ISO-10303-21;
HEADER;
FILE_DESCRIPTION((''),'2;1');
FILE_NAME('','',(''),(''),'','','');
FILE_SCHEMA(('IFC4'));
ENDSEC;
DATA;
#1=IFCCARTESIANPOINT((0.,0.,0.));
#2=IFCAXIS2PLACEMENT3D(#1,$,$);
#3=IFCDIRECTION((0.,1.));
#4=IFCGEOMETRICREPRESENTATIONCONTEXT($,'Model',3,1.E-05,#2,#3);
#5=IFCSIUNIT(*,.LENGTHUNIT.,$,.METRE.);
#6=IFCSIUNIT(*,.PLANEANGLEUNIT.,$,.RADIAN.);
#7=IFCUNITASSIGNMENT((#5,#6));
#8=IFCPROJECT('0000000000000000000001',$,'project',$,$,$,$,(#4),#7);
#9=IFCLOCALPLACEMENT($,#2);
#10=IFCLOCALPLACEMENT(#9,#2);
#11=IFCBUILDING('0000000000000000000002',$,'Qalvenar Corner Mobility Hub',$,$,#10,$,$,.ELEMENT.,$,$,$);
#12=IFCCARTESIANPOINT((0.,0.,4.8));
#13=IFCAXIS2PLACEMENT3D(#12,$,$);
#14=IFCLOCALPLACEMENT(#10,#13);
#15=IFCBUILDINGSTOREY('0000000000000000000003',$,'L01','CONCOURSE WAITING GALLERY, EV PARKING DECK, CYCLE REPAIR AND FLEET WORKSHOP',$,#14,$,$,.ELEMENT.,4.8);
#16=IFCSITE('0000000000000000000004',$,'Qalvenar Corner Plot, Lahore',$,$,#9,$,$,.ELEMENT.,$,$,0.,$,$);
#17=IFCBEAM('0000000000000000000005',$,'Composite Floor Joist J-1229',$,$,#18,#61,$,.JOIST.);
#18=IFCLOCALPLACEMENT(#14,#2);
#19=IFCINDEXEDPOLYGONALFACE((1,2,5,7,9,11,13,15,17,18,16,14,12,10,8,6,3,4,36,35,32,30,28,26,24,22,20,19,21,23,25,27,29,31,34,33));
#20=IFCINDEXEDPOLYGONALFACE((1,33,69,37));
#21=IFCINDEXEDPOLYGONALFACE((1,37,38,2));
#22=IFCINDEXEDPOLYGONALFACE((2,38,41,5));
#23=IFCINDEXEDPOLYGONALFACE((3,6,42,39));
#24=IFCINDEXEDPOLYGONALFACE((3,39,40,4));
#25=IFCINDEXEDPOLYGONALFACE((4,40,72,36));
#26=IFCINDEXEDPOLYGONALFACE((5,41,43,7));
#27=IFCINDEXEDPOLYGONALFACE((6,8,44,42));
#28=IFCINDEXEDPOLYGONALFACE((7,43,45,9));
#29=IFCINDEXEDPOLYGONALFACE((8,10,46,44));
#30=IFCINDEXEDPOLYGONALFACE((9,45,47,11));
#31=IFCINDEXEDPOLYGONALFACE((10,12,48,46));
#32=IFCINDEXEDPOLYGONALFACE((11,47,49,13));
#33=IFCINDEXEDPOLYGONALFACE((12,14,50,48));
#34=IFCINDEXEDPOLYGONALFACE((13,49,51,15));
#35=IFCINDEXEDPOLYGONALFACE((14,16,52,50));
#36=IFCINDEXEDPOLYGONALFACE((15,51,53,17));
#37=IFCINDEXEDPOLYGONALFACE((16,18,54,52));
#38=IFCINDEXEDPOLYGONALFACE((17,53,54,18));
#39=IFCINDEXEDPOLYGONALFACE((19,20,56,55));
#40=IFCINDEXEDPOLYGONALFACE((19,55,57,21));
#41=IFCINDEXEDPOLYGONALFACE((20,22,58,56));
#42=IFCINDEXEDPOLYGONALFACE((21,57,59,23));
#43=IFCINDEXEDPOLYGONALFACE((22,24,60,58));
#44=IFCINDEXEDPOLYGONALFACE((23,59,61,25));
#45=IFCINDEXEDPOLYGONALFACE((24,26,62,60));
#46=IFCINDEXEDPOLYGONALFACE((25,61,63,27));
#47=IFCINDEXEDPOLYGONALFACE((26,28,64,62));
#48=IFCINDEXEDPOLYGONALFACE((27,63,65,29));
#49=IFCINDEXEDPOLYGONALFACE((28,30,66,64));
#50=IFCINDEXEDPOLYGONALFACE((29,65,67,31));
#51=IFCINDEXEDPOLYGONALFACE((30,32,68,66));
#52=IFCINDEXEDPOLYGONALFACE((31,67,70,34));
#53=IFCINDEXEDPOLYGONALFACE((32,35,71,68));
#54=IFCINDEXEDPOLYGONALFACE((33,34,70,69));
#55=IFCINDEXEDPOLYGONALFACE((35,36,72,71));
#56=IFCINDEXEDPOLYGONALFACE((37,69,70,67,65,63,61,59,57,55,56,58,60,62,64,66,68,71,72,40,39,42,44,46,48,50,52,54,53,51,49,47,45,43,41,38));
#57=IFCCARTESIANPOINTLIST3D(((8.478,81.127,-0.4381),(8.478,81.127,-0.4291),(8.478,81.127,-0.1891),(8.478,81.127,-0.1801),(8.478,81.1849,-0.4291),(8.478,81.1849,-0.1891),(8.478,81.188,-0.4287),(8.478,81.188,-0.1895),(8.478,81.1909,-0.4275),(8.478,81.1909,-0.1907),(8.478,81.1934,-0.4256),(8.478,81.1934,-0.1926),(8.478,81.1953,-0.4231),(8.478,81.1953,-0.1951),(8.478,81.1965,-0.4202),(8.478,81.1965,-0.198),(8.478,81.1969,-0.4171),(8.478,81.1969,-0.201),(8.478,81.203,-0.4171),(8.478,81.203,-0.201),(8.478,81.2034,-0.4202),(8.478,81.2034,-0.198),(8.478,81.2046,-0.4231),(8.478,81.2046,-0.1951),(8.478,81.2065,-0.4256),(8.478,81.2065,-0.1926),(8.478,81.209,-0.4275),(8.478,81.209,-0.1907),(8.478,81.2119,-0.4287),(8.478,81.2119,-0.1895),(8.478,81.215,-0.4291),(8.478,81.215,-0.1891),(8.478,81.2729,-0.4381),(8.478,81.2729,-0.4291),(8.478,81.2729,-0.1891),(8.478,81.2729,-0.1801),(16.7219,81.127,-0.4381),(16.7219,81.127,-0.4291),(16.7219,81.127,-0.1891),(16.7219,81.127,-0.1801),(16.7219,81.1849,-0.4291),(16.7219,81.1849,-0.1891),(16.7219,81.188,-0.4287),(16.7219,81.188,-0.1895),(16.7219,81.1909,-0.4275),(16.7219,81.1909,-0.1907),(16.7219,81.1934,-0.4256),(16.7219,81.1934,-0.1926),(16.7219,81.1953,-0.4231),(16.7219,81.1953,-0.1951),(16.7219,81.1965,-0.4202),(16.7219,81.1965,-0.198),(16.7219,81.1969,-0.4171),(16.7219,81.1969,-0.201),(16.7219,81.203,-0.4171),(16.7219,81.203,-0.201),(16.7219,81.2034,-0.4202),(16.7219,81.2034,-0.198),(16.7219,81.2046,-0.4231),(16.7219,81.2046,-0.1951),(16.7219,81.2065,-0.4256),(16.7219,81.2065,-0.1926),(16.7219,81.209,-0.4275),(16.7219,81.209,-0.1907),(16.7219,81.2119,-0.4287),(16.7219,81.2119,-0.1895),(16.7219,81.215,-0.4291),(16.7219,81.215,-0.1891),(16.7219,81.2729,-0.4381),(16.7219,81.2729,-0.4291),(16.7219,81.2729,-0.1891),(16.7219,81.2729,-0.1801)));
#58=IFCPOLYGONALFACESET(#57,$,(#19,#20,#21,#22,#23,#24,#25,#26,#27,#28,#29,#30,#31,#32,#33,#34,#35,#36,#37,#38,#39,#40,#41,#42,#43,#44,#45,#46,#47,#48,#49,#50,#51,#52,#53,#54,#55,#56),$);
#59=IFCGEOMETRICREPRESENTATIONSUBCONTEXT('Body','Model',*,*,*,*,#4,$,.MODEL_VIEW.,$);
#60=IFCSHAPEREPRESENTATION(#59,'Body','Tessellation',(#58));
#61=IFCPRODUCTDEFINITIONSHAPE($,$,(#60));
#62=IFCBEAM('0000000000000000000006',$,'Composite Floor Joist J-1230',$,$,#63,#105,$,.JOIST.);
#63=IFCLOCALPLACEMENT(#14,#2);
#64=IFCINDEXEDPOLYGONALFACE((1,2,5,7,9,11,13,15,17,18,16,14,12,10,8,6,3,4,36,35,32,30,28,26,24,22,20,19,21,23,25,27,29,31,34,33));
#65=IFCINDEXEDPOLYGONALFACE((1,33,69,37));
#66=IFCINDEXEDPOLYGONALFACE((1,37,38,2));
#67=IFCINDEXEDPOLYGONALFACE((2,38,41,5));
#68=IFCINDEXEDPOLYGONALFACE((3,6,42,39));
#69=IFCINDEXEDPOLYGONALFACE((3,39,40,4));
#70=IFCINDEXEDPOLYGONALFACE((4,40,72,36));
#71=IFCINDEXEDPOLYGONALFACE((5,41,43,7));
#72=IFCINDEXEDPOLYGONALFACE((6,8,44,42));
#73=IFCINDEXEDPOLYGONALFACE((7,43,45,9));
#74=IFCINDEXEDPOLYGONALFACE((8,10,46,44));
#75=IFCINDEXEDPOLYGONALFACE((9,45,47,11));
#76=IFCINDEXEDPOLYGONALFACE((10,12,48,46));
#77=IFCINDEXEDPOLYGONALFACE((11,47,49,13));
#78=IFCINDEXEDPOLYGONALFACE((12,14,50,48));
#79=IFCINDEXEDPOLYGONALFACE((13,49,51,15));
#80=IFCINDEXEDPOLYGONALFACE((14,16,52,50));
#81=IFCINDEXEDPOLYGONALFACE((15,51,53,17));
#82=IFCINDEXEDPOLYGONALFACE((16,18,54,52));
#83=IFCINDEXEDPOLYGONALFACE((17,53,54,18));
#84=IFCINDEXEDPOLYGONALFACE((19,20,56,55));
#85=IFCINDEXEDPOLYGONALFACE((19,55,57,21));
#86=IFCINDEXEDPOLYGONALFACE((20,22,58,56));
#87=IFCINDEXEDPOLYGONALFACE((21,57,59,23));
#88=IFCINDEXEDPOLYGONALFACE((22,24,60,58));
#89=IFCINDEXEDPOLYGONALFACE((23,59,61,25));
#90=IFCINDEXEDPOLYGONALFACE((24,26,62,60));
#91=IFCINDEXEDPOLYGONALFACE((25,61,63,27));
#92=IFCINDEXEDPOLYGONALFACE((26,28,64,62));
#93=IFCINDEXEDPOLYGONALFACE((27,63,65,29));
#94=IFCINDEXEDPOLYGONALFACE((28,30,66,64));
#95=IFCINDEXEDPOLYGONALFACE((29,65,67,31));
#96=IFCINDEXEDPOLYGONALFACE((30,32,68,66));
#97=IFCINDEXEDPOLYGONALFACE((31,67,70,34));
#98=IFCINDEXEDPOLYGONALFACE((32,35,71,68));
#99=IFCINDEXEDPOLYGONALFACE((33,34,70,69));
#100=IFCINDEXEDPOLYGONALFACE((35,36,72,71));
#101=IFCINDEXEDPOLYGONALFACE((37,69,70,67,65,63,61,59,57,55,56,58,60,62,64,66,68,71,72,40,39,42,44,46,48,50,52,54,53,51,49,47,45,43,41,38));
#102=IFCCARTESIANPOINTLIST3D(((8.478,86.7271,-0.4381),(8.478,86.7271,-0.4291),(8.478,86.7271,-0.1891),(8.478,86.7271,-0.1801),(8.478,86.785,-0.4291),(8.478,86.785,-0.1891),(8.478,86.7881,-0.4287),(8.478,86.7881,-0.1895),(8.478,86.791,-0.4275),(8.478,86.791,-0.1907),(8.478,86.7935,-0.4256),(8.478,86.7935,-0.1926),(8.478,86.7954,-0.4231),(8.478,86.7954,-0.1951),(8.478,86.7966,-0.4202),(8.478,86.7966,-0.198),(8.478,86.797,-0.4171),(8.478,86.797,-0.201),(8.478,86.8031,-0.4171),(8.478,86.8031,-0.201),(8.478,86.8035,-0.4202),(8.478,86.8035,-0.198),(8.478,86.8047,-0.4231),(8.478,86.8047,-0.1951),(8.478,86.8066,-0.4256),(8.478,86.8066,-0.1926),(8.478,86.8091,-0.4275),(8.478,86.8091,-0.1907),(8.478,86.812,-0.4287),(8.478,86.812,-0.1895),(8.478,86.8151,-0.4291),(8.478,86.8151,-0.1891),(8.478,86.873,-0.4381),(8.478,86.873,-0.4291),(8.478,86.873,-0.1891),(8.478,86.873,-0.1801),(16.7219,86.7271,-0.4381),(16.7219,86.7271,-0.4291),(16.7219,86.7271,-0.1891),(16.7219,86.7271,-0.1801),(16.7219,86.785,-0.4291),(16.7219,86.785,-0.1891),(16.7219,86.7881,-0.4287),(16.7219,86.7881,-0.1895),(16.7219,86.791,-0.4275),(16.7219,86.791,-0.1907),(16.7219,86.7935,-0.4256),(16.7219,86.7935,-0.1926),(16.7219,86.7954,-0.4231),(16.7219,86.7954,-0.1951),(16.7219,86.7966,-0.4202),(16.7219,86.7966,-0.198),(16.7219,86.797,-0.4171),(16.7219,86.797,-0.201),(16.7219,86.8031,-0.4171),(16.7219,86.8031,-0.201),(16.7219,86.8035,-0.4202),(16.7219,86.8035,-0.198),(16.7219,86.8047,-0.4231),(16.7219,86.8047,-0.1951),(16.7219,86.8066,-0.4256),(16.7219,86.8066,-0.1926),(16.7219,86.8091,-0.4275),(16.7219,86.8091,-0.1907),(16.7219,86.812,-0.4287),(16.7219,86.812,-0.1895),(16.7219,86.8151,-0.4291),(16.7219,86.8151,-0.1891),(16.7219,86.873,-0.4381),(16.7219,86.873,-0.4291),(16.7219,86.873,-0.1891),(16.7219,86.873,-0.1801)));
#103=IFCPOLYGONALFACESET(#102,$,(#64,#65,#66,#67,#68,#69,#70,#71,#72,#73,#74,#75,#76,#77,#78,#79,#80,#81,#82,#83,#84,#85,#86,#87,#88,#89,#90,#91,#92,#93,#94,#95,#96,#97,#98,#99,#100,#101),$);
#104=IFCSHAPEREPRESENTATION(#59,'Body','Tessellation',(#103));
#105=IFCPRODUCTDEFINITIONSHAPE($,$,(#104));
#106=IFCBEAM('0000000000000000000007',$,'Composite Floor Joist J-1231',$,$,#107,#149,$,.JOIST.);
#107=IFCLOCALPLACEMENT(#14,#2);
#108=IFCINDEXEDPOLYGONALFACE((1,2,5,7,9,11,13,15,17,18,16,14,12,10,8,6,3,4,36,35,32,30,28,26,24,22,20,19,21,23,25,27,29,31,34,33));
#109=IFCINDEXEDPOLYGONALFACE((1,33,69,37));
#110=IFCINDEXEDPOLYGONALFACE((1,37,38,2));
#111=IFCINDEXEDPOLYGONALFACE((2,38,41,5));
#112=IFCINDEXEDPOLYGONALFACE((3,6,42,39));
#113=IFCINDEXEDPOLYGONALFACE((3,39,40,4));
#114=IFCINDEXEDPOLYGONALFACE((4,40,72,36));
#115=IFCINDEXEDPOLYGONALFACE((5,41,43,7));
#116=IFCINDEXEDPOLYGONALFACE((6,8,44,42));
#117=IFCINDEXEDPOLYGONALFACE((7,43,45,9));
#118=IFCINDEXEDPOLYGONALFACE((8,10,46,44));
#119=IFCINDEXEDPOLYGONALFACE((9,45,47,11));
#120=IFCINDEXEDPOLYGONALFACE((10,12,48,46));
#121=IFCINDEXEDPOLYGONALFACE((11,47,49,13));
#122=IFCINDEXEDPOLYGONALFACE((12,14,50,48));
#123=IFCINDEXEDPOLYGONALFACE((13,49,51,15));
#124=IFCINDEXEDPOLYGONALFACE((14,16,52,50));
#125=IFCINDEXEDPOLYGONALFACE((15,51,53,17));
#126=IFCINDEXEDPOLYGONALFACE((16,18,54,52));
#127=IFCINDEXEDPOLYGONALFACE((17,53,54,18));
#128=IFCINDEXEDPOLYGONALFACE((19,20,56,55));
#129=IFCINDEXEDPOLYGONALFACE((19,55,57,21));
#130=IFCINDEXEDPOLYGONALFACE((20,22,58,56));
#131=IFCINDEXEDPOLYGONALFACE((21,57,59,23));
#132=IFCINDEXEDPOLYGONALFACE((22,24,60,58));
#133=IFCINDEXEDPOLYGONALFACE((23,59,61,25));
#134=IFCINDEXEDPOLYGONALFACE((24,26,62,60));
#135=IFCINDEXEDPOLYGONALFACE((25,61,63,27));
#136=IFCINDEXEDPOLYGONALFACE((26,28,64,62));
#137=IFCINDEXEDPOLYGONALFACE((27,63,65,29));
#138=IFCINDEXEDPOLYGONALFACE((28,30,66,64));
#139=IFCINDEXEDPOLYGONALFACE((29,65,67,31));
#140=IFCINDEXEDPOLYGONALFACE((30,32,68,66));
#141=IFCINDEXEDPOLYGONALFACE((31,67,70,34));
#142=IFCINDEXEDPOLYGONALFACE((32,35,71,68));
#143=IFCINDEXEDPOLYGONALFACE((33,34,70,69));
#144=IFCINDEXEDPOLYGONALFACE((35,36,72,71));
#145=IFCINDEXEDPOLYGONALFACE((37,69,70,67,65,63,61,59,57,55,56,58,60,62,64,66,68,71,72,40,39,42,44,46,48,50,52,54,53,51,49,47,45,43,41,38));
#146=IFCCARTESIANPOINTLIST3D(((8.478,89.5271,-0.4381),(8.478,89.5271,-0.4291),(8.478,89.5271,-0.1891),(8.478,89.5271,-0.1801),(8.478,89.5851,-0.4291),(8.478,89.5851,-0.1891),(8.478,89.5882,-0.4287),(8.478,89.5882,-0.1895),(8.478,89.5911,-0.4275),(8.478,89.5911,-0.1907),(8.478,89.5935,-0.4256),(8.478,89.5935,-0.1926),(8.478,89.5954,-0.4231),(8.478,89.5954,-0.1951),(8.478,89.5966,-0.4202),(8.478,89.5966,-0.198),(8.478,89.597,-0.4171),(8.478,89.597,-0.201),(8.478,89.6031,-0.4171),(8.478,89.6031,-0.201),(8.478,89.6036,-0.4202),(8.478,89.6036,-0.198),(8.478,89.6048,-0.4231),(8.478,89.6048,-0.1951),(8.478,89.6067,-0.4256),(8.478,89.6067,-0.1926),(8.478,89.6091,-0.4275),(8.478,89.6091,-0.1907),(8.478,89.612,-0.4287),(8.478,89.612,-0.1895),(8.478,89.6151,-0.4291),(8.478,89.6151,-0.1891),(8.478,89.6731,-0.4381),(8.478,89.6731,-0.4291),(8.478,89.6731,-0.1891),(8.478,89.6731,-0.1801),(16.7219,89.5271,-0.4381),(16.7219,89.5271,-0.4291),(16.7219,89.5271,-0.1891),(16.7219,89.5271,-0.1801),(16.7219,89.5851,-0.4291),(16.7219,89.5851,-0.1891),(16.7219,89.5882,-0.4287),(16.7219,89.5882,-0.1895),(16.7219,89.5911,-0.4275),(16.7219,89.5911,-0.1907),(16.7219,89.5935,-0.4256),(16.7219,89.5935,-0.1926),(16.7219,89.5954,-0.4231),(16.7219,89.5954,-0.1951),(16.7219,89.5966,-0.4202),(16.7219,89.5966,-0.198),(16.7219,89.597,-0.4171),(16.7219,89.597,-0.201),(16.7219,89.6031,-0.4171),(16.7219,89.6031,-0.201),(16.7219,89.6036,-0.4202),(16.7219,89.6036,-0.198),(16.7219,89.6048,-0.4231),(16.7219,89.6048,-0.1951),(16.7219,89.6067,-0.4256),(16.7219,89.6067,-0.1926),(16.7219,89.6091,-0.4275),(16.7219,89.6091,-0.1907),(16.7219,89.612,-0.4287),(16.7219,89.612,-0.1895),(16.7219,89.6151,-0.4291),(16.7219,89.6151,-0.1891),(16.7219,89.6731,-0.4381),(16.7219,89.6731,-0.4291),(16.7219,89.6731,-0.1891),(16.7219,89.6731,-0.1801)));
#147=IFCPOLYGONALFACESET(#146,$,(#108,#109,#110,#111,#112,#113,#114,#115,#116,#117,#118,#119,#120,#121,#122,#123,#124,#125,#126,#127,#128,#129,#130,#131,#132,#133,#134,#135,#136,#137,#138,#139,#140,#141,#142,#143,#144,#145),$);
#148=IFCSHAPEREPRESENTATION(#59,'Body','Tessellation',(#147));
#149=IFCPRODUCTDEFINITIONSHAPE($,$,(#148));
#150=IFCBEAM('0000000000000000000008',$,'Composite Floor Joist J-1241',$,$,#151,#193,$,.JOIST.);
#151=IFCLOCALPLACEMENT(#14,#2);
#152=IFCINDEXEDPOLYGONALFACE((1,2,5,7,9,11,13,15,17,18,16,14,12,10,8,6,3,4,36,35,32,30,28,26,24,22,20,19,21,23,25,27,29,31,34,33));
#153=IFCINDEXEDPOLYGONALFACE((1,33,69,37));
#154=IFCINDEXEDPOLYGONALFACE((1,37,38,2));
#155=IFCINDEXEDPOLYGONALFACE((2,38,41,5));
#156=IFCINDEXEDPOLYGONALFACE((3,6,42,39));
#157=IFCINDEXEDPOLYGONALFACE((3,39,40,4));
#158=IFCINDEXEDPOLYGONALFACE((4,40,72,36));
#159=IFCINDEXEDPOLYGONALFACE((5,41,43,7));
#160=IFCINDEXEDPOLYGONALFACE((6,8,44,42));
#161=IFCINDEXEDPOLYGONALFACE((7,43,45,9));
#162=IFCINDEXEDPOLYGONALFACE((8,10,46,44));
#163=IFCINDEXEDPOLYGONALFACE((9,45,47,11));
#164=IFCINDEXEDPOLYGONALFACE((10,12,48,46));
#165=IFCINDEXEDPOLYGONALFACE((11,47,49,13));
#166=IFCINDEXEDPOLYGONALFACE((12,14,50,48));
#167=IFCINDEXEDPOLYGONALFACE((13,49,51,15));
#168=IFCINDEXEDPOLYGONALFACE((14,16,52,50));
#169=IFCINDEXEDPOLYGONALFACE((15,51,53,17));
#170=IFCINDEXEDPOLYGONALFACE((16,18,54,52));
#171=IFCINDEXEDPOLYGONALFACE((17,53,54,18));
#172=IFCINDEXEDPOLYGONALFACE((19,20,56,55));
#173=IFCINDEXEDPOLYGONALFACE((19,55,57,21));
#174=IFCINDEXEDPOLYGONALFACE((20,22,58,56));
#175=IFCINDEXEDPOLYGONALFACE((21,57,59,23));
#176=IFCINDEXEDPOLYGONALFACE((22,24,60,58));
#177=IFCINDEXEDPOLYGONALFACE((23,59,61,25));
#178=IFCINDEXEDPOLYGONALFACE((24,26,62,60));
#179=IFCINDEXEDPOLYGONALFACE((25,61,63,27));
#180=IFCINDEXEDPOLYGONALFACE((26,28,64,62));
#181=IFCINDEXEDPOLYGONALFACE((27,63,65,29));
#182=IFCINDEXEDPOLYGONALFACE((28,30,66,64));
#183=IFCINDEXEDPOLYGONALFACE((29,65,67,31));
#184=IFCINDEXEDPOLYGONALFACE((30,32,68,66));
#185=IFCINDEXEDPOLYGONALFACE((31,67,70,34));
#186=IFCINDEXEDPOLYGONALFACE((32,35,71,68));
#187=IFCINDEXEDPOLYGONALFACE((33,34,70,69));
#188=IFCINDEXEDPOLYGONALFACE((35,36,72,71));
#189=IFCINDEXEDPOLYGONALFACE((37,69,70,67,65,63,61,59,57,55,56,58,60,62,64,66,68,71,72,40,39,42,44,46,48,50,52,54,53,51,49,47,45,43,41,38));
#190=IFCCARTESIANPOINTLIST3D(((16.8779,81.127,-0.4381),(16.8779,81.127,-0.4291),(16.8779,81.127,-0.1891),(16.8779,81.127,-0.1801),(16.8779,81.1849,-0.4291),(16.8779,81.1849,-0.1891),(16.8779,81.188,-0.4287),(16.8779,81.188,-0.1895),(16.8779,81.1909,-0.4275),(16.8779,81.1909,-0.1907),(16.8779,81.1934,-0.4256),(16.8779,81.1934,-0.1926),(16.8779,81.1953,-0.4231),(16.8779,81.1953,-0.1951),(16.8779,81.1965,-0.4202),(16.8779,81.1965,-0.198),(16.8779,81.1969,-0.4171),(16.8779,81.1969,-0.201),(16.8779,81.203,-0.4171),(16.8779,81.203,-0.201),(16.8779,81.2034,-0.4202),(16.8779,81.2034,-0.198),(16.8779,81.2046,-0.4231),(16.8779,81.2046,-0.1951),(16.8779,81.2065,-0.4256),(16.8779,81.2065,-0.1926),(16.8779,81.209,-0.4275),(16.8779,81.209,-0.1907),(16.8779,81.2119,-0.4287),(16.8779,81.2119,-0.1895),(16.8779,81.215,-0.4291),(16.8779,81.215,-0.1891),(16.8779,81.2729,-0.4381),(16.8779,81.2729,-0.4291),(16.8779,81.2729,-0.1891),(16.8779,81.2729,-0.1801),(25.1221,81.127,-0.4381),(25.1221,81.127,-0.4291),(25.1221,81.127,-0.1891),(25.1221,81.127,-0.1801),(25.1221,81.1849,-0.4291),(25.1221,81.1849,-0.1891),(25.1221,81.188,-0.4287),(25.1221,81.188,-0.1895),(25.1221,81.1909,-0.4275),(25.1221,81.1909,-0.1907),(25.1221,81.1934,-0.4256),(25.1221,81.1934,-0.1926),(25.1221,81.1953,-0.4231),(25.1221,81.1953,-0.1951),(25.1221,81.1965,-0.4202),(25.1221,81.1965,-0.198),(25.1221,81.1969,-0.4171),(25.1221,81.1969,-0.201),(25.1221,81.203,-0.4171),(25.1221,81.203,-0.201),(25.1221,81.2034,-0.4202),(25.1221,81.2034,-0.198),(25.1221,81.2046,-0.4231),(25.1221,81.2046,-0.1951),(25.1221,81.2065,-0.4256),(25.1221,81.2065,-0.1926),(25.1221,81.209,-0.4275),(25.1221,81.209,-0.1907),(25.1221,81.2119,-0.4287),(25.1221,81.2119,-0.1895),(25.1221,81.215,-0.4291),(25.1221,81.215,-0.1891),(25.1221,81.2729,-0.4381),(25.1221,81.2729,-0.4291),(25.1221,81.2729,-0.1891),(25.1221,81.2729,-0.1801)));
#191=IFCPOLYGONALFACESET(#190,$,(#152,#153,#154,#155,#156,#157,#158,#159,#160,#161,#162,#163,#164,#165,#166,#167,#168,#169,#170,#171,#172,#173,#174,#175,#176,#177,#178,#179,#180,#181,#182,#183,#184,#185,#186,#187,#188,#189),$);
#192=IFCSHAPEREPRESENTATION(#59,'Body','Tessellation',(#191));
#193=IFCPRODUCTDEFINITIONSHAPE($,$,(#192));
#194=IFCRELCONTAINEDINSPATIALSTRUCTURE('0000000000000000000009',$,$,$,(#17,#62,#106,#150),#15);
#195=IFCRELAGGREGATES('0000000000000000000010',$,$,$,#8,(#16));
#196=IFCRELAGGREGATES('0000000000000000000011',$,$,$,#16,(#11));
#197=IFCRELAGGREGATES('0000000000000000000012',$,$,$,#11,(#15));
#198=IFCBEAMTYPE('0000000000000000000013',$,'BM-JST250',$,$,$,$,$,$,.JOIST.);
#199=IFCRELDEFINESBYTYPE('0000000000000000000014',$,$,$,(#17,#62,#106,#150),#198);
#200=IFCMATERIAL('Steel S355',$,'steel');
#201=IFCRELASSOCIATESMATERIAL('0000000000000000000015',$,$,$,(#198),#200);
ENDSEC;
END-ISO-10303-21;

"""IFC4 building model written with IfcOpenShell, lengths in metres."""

from ifc_helpers import new_model, si_unit, direction, frame, origin, origin_2d, place, context, subcontext, project, spatial, i_section, extrude, material, material_profile, profile_set, type_object, element, save


model = new_model("IFC4")

# Units and contexts
model_context = context("Model", 3, precision=1e-05, world=origin(), true_north=direction((0.0, 1.0)))
body_context = subcontext(model_context, "Body", "Model", "MODEL_VIEW")
ifc_project = project(units=[si_unit("LENGTHUNIT", "METRE"), si_unit("PLANEANGLEUNIT", "RADIAN")], contexts=[model_context])

# Site, building, storey
site_placement = place(None, origin())
site = spatial("IfcSite", under=ifc_project, at=site_placement, Name="Qalvenar Corner Plot, Lahore", CompositionType="ELEMENT", RefElevation=0.0)
building_placement = place(site_placement, origin())
building = spatial("IfcBuilding", under=site, at=building_placement, Name="Qalvenar Corner Mobility Hub", CompositionType="ELEMENT")
storey_placement = place(building_placement, frame((0.0, 0.0, 4.8)))
storey = spatial("IfcBuildingStorey", under=building, at=storey_placement, Name="L01", Description="CONCOURSE WAITING GALLERY, EV PARKING DECK, CYCLE REPAIR AND FLEET WORKSHOP", CompositionType="ELEMENT", Elevation=4.8)

# Shared definitions
ifc_material_1 = material(Name="Steel S355", Category="steel")

# Beams
ifc_material_profile_1 = material_profile(ifc_material_1, i_section(OverallWidth=0.146, OverallDepth=0.2581, WebThickness=0.0061, FlangeThickness=0.009, FilletRadius=0.012, at=origin_2d()), Name="W250x32.7")
ifc_profile_set_1 = profile_set([ifc_material_profile_1], Name="Steel S355")
beam_type_1 = type_object("IfcBeamType", Name="BM-JST250", PredefinedType="JOIST", material=ifc_profile_set_1)
for number, where, z_axis, x_axis, name in (
    (1, (8.478, 81.2, -0.3091), (1.0, 0.0, 0.0), (0.0, 1.0, 0.0), "Composite Floor Joist J-1229"),
    (2, (8.478, 86.8, -0.3091), (1.0, 0.0, 0.0), (0.0, 1.0, 0.0), "Composite Floor Joist J-1230"),
    (3, (8.478, 89.6001, -0.3091), (1.0, 0.0, 0.0), (0.0, 1.0, 0.0), "Composite Floor Joist J-1231"),
):
    element("IfcBeam", number, at=place(storey_placement, frame(where, z_axis=z_axis, x_axis=x_axis)), inside=storey, type_object=beam_type_1, Name=name, PredefinedType="JOIST", context=body_context, shape_type="SweptSolid", body=[
        extrude(i_section(OverallWidth=0.146, OverallDepth=0.2581, WebThickness=0.0061, FlangeThickness=0.009, FilletRadius=0.012, at=origin_2d()), origin(), (0.0, 0.0, 1.0), 8.2439),
    ])
for number, where, z_axis, x_axis, name in (
    (4, (16.8779, 81.2, -0.3091), (1.0, 0.0, 0.0), (0.0, 1.0, 0.0), "Composite Floor Joist J-1241"),
):
    element("IfcBeam", number, at=place(storey_placement, frame(where, z_axis=z_axis, x_axis=x_axis)), inside=storey, type_object=beam_type_1, Name=name, PredefinedType="JOIST", context=body_context, shape_type="SweptSolid", body=[
        extrude(i_section(OverallWidth=0.146, OverallDepth=0.2581, WebThickness=0.0061, FlangeThickness=0.009, FilletRadius=0.012, at=origin_2d()), origin(), (0.0, 0.0, 1.0), 8.2441),
    ])

save(model, "model.ifc")
